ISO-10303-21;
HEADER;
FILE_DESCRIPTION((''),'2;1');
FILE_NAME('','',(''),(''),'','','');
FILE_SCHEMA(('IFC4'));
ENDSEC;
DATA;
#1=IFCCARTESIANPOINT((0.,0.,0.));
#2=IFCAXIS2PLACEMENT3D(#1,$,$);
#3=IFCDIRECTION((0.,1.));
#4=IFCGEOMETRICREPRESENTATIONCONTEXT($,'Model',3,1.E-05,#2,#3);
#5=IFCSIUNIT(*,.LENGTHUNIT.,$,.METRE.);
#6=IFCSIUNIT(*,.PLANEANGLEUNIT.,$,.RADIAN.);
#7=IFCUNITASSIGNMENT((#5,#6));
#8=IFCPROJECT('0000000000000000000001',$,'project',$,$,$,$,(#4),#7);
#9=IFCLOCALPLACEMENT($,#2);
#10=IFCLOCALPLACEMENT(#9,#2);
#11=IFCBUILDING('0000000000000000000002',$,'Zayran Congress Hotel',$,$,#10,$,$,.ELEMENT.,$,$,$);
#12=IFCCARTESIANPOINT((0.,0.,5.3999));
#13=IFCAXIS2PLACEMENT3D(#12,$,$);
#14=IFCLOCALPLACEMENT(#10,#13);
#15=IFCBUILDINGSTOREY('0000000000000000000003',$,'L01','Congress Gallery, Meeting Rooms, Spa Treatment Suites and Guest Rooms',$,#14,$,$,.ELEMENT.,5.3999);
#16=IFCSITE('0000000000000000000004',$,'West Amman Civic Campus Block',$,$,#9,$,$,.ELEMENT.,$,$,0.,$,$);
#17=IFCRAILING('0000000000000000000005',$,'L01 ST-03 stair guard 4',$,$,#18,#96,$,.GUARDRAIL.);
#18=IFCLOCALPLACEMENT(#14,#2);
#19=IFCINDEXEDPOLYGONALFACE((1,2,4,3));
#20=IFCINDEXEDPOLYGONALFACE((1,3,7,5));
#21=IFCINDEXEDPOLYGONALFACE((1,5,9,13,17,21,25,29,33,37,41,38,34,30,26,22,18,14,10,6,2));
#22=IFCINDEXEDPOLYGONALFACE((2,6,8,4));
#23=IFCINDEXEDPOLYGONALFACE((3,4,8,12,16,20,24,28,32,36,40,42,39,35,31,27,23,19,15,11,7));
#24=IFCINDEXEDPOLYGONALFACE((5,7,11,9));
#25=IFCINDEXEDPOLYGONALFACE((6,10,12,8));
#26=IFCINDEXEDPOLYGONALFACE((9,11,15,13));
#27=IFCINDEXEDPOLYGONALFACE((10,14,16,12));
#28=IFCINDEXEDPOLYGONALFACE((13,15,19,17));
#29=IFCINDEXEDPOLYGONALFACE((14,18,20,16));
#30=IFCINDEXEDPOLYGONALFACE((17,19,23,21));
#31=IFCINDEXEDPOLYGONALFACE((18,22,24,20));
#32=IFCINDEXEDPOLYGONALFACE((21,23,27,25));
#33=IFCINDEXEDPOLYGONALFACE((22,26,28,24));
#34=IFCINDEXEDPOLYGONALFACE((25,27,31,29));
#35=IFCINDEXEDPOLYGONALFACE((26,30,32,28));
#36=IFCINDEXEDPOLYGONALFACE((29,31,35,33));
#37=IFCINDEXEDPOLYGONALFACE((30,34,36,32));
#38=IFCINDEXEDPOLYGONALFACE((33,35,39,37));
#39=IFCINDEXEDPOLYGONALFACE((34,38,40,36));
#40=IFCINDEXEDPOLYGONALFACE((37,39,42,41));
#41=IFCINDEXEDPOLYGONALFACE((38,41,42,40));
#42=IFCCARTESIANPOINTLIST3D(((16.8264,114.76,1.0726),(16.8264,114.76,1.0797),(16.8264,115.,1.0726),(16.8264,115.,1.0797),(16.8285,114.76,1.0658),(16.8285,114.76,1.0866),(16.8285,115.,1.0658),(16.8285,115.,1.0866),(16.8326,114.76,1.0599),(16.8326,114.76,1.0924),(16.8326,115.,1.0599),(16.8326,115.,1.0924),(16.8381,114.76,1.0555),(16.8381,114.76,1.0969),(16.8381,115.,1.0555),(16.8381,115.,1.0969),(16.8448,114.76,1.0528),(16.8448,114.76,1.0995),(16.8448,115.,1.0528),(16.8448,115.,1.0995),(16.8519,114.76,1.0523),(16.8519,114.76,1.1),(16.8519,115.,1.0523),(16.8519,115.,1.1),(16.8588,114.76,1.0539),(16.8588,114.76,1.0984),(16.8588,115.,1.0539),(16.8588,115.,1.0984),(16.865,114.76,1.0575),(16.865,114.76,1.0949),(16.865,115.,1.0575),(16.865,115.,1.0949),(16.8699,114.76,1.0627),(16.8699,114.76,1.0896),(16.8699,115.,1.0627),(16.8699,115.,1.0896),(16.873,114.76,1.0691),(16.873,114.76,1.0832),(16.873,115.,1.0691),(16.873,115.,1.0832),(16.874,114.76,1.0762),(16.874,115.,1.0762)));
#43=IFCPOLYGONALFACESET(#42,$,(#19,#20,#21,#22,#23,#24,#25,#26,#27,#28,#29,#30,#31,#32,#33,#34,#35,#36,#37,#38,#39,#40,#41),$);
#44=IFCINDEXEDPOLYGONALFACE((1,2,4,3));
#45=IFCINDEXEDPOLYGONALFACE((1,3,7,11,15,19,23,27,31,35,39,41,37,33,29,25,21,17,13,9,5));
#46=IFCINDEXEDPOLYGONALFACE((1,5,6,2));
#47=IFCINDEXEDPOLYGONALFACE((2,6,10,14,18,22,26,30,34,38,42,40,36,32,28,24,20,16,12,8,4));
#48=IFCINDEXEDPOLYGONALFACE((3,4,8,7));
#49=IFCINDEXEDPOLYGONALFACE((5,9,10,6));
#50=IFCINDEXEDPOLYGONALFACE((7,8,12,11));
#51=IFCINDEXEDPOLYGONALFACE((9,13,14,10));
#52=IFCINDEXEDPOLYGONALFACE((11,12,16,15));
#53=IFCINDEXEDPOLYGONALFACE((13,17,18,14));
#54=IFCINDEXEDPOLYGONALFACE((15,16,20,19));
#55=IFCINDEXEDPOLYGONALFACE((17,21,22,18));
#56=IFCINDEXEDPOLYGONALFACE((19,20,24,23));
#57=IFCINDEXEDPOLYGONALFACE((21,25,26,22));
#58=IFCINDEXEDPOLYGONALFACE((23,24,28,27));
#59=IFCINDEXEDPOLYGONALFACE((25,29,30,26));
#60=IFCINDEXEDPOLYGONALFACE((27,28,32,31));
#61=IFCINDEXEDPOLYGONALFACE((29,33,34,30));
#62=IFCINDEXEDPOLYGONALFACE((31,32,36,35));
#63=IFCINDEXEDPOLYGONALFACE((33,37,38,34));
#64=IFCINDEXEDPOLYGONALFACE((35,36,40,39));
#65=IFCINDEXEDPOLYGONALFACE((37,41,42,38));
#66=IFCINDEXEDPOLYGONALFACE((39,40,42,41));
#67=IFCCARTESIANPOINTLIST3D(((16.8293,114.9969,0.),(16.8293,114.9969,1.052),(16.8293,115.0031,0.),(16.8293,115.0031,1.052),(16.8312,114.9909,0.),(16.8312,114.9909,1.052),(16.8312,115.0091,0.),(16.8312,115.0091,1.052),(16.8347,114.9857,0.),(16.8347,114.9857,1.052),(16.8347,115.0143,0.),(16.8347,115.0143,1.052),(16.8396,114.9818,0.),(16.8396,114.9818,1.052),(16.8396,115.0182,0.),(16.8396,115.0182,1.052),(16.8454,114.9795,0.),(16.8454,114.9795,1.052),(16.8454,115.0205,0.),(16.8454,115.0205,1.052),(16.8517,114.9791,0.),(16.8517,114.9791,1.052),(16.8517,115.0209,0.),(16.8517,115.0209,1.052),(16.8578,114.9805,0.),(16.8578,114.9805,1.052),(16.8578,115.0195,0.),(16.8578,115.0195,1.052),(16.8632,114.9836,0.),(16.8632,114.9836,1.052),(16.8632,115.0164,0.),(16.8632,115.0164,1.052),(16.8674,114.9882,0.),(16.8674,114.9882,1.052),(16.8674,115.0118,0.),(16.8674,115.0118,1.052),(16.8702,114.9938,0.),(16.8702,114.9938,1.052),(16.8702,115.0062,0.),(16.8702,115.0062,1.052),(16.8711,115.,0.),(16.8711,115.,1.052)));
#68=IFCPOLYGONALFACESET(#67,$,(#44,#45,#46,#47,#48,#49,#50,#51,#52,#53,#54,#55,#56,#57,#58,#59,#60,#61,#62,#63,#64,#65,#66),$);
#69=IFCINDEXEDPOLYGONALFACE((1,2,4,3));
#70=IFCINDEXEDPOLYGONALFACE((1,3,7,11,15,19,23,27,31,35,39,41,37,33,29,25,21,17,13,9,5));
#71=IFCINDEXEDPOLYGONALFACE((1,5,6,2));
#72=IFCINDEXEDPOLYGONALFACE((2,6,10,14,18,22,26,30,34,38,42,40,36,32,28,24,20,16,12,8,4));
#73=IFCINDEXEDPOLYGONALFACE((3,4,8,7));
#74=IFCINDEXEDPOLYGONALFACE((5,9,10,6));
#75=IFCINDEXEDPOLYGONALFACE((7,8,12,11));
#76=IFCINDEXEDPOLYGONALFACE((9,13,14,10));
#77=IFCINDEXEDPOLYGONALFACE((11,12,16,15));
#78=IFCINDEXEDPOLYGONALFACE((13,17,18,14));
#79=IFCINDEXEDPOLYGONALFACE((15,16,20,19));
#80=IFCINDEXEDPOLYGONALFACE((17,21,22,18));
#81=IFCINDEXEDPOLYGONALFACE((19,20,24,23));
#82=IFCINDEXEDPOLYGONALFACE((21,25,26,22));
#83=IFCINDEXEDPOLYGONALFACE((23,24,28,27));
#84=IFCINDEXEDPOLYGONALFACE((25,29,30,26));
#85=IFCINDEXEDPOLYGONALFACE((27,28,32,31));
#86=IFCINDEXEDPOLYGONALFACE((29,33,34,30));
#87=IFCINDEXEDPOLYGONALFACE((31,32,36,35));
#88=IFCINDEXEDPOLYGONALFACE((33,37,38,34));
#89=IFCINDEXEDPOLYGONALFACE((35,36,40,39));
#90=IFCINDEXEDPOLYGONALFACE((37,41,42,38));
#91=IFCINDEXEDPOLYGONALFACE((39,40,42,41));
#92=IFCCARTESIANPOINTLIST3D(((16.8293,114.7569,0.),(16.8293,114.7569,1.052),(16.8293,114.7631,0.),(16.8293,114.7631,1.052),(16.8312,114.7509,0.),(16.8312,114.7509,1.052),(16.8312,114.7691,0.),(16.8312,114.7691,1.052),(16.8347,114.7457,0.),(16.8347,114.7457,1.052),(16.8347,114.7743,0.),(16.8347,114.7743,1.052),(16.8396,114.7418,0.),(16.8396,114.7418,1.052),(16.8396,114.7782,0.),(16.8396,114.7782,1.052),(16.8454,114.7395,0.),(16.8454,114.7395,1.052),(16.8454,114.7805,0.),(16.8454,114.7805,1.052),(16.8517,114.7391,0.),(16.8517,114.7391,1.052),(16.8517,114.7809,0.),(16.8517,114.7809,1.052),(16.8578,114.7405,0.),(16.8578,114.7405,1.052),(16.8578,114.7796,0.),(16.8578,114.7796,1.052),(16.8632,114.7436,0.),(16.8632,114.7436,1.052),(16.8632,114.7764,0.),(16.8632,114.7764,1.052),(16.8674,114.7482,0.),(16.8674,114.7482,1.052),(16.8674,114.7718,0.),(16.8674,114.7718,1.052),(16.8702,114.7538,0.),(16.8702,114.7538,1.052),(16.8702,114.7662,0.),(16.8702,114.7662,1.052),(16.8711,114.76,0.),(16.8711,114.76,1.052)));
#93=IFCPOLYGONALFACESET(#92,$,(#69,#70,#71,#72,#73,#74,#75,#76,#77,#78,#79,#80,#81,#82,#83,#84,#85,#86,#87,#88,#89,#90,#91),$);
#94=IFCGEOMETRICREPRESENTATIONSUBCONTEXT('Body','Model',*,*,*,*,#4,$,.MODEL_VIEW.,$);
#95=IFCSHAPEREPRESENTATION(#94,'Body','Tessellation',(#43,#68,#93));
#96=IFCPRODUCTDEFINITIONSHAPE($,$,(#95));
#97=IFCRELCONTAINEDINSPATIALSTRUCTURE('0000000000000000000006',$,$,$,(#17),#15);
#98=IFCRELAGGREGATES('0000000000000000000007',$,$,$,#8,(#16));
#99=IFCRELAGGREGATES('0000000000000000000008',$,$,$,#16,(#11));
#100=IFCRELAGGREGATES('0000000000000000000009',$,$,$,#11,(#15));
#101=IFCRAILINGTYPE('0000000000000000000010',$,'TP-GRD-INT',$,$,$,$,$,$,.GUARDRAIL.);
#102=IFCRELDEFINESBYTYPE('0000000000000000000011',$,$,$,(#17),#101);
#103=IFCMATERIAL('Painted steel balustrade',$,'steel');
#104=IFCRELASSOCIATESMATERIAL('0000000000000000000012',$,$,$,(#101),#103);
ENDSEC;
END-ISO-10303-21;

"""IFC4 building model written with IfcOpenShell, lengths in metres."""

from ifc_helpers import new_model, si_unit, direction, frame, origin, origin_2d, place, context, subcontext, project, spatial, circle, extrude, material, type_object, element, save


model = new_model("IFC4")

# Units and contexts
model_context = context("Model", 3, precision=1e-05, world=origin(), true_north=direction((0.0, 1.0)))
body_context = subcontext(model_context, "Body", "Model", "MODEL_VIEW")
ifc_project = project(units=[si_unit("LENGTHUNIT", "METRE"), si_unit("PLANEANGLEUNIT", "RADIAN")], contexts=[model_context])

# Site, building, storey
site_placement = place(None, origin())
site = spatial("IfcSite", under=ifc_project, at=site_placement, Name="West Amman Civic Campus Block", CompositionType="ELEMENT", RefElevation=0.0)
building_placement = place(site_placement, origin())
building = spatial("IfcBuilding", under=site, at=building_placement, Name="Zayran Congress Hotel", CompositionType="ELEMENT")
storey_placement = place(building_placement, frame((0.0, 0.0, 5.3999)))
storey = spatial("IfcBuildingStorey", under=building, at=storey_placement, Name="L01", Description="Congress Gallery, Meeting Rooms, Spa Treatment Suites and Guest Rooms", CompositionType="ELEMENT", Elevation=5.3999)

# Railing
ifc_material_1 = material(Name="Painted steel balustrade", Category="steel")
railing_type_1 = type_object("IfcRailingType", Name="TP-GRD-INT", PredefinedType="GUARDRAIL", material=ifc_material_1)
railing_1_placement = place(storey_placement, frame((16.8501, 115.0, 0.0)))
element("IfcRailing", 1, at=railing_1_placement, inside=storey, type_object=railing_type_1, Name="L01 ST-03 stair guard 4", PredefinedType="GUARDRAIL", context=body_context, shape_type="SweptSolid", body=[
    extrude(circle(Radius=0.0239, at=origin_2d()), frame((0.0, 0.0, 1.0762), z_axis=(0.0, -1.0, 0.0), x_axis=(1.0, 0.0, 0.0)), (0.0, 0.0, 1.0), 0.24),
    extrude(circle(Radius=0.021, at=origin_2d()), origin(), (0.0, 0.0, 1.0), 1.052),
    extrude(circle(Radius=0.021, at=origin_2d()), frame((0.0, -0.24, 0.0)), (0.0, 0.0, 1.0), 1.052),
])

save(model, "model.ifc")
